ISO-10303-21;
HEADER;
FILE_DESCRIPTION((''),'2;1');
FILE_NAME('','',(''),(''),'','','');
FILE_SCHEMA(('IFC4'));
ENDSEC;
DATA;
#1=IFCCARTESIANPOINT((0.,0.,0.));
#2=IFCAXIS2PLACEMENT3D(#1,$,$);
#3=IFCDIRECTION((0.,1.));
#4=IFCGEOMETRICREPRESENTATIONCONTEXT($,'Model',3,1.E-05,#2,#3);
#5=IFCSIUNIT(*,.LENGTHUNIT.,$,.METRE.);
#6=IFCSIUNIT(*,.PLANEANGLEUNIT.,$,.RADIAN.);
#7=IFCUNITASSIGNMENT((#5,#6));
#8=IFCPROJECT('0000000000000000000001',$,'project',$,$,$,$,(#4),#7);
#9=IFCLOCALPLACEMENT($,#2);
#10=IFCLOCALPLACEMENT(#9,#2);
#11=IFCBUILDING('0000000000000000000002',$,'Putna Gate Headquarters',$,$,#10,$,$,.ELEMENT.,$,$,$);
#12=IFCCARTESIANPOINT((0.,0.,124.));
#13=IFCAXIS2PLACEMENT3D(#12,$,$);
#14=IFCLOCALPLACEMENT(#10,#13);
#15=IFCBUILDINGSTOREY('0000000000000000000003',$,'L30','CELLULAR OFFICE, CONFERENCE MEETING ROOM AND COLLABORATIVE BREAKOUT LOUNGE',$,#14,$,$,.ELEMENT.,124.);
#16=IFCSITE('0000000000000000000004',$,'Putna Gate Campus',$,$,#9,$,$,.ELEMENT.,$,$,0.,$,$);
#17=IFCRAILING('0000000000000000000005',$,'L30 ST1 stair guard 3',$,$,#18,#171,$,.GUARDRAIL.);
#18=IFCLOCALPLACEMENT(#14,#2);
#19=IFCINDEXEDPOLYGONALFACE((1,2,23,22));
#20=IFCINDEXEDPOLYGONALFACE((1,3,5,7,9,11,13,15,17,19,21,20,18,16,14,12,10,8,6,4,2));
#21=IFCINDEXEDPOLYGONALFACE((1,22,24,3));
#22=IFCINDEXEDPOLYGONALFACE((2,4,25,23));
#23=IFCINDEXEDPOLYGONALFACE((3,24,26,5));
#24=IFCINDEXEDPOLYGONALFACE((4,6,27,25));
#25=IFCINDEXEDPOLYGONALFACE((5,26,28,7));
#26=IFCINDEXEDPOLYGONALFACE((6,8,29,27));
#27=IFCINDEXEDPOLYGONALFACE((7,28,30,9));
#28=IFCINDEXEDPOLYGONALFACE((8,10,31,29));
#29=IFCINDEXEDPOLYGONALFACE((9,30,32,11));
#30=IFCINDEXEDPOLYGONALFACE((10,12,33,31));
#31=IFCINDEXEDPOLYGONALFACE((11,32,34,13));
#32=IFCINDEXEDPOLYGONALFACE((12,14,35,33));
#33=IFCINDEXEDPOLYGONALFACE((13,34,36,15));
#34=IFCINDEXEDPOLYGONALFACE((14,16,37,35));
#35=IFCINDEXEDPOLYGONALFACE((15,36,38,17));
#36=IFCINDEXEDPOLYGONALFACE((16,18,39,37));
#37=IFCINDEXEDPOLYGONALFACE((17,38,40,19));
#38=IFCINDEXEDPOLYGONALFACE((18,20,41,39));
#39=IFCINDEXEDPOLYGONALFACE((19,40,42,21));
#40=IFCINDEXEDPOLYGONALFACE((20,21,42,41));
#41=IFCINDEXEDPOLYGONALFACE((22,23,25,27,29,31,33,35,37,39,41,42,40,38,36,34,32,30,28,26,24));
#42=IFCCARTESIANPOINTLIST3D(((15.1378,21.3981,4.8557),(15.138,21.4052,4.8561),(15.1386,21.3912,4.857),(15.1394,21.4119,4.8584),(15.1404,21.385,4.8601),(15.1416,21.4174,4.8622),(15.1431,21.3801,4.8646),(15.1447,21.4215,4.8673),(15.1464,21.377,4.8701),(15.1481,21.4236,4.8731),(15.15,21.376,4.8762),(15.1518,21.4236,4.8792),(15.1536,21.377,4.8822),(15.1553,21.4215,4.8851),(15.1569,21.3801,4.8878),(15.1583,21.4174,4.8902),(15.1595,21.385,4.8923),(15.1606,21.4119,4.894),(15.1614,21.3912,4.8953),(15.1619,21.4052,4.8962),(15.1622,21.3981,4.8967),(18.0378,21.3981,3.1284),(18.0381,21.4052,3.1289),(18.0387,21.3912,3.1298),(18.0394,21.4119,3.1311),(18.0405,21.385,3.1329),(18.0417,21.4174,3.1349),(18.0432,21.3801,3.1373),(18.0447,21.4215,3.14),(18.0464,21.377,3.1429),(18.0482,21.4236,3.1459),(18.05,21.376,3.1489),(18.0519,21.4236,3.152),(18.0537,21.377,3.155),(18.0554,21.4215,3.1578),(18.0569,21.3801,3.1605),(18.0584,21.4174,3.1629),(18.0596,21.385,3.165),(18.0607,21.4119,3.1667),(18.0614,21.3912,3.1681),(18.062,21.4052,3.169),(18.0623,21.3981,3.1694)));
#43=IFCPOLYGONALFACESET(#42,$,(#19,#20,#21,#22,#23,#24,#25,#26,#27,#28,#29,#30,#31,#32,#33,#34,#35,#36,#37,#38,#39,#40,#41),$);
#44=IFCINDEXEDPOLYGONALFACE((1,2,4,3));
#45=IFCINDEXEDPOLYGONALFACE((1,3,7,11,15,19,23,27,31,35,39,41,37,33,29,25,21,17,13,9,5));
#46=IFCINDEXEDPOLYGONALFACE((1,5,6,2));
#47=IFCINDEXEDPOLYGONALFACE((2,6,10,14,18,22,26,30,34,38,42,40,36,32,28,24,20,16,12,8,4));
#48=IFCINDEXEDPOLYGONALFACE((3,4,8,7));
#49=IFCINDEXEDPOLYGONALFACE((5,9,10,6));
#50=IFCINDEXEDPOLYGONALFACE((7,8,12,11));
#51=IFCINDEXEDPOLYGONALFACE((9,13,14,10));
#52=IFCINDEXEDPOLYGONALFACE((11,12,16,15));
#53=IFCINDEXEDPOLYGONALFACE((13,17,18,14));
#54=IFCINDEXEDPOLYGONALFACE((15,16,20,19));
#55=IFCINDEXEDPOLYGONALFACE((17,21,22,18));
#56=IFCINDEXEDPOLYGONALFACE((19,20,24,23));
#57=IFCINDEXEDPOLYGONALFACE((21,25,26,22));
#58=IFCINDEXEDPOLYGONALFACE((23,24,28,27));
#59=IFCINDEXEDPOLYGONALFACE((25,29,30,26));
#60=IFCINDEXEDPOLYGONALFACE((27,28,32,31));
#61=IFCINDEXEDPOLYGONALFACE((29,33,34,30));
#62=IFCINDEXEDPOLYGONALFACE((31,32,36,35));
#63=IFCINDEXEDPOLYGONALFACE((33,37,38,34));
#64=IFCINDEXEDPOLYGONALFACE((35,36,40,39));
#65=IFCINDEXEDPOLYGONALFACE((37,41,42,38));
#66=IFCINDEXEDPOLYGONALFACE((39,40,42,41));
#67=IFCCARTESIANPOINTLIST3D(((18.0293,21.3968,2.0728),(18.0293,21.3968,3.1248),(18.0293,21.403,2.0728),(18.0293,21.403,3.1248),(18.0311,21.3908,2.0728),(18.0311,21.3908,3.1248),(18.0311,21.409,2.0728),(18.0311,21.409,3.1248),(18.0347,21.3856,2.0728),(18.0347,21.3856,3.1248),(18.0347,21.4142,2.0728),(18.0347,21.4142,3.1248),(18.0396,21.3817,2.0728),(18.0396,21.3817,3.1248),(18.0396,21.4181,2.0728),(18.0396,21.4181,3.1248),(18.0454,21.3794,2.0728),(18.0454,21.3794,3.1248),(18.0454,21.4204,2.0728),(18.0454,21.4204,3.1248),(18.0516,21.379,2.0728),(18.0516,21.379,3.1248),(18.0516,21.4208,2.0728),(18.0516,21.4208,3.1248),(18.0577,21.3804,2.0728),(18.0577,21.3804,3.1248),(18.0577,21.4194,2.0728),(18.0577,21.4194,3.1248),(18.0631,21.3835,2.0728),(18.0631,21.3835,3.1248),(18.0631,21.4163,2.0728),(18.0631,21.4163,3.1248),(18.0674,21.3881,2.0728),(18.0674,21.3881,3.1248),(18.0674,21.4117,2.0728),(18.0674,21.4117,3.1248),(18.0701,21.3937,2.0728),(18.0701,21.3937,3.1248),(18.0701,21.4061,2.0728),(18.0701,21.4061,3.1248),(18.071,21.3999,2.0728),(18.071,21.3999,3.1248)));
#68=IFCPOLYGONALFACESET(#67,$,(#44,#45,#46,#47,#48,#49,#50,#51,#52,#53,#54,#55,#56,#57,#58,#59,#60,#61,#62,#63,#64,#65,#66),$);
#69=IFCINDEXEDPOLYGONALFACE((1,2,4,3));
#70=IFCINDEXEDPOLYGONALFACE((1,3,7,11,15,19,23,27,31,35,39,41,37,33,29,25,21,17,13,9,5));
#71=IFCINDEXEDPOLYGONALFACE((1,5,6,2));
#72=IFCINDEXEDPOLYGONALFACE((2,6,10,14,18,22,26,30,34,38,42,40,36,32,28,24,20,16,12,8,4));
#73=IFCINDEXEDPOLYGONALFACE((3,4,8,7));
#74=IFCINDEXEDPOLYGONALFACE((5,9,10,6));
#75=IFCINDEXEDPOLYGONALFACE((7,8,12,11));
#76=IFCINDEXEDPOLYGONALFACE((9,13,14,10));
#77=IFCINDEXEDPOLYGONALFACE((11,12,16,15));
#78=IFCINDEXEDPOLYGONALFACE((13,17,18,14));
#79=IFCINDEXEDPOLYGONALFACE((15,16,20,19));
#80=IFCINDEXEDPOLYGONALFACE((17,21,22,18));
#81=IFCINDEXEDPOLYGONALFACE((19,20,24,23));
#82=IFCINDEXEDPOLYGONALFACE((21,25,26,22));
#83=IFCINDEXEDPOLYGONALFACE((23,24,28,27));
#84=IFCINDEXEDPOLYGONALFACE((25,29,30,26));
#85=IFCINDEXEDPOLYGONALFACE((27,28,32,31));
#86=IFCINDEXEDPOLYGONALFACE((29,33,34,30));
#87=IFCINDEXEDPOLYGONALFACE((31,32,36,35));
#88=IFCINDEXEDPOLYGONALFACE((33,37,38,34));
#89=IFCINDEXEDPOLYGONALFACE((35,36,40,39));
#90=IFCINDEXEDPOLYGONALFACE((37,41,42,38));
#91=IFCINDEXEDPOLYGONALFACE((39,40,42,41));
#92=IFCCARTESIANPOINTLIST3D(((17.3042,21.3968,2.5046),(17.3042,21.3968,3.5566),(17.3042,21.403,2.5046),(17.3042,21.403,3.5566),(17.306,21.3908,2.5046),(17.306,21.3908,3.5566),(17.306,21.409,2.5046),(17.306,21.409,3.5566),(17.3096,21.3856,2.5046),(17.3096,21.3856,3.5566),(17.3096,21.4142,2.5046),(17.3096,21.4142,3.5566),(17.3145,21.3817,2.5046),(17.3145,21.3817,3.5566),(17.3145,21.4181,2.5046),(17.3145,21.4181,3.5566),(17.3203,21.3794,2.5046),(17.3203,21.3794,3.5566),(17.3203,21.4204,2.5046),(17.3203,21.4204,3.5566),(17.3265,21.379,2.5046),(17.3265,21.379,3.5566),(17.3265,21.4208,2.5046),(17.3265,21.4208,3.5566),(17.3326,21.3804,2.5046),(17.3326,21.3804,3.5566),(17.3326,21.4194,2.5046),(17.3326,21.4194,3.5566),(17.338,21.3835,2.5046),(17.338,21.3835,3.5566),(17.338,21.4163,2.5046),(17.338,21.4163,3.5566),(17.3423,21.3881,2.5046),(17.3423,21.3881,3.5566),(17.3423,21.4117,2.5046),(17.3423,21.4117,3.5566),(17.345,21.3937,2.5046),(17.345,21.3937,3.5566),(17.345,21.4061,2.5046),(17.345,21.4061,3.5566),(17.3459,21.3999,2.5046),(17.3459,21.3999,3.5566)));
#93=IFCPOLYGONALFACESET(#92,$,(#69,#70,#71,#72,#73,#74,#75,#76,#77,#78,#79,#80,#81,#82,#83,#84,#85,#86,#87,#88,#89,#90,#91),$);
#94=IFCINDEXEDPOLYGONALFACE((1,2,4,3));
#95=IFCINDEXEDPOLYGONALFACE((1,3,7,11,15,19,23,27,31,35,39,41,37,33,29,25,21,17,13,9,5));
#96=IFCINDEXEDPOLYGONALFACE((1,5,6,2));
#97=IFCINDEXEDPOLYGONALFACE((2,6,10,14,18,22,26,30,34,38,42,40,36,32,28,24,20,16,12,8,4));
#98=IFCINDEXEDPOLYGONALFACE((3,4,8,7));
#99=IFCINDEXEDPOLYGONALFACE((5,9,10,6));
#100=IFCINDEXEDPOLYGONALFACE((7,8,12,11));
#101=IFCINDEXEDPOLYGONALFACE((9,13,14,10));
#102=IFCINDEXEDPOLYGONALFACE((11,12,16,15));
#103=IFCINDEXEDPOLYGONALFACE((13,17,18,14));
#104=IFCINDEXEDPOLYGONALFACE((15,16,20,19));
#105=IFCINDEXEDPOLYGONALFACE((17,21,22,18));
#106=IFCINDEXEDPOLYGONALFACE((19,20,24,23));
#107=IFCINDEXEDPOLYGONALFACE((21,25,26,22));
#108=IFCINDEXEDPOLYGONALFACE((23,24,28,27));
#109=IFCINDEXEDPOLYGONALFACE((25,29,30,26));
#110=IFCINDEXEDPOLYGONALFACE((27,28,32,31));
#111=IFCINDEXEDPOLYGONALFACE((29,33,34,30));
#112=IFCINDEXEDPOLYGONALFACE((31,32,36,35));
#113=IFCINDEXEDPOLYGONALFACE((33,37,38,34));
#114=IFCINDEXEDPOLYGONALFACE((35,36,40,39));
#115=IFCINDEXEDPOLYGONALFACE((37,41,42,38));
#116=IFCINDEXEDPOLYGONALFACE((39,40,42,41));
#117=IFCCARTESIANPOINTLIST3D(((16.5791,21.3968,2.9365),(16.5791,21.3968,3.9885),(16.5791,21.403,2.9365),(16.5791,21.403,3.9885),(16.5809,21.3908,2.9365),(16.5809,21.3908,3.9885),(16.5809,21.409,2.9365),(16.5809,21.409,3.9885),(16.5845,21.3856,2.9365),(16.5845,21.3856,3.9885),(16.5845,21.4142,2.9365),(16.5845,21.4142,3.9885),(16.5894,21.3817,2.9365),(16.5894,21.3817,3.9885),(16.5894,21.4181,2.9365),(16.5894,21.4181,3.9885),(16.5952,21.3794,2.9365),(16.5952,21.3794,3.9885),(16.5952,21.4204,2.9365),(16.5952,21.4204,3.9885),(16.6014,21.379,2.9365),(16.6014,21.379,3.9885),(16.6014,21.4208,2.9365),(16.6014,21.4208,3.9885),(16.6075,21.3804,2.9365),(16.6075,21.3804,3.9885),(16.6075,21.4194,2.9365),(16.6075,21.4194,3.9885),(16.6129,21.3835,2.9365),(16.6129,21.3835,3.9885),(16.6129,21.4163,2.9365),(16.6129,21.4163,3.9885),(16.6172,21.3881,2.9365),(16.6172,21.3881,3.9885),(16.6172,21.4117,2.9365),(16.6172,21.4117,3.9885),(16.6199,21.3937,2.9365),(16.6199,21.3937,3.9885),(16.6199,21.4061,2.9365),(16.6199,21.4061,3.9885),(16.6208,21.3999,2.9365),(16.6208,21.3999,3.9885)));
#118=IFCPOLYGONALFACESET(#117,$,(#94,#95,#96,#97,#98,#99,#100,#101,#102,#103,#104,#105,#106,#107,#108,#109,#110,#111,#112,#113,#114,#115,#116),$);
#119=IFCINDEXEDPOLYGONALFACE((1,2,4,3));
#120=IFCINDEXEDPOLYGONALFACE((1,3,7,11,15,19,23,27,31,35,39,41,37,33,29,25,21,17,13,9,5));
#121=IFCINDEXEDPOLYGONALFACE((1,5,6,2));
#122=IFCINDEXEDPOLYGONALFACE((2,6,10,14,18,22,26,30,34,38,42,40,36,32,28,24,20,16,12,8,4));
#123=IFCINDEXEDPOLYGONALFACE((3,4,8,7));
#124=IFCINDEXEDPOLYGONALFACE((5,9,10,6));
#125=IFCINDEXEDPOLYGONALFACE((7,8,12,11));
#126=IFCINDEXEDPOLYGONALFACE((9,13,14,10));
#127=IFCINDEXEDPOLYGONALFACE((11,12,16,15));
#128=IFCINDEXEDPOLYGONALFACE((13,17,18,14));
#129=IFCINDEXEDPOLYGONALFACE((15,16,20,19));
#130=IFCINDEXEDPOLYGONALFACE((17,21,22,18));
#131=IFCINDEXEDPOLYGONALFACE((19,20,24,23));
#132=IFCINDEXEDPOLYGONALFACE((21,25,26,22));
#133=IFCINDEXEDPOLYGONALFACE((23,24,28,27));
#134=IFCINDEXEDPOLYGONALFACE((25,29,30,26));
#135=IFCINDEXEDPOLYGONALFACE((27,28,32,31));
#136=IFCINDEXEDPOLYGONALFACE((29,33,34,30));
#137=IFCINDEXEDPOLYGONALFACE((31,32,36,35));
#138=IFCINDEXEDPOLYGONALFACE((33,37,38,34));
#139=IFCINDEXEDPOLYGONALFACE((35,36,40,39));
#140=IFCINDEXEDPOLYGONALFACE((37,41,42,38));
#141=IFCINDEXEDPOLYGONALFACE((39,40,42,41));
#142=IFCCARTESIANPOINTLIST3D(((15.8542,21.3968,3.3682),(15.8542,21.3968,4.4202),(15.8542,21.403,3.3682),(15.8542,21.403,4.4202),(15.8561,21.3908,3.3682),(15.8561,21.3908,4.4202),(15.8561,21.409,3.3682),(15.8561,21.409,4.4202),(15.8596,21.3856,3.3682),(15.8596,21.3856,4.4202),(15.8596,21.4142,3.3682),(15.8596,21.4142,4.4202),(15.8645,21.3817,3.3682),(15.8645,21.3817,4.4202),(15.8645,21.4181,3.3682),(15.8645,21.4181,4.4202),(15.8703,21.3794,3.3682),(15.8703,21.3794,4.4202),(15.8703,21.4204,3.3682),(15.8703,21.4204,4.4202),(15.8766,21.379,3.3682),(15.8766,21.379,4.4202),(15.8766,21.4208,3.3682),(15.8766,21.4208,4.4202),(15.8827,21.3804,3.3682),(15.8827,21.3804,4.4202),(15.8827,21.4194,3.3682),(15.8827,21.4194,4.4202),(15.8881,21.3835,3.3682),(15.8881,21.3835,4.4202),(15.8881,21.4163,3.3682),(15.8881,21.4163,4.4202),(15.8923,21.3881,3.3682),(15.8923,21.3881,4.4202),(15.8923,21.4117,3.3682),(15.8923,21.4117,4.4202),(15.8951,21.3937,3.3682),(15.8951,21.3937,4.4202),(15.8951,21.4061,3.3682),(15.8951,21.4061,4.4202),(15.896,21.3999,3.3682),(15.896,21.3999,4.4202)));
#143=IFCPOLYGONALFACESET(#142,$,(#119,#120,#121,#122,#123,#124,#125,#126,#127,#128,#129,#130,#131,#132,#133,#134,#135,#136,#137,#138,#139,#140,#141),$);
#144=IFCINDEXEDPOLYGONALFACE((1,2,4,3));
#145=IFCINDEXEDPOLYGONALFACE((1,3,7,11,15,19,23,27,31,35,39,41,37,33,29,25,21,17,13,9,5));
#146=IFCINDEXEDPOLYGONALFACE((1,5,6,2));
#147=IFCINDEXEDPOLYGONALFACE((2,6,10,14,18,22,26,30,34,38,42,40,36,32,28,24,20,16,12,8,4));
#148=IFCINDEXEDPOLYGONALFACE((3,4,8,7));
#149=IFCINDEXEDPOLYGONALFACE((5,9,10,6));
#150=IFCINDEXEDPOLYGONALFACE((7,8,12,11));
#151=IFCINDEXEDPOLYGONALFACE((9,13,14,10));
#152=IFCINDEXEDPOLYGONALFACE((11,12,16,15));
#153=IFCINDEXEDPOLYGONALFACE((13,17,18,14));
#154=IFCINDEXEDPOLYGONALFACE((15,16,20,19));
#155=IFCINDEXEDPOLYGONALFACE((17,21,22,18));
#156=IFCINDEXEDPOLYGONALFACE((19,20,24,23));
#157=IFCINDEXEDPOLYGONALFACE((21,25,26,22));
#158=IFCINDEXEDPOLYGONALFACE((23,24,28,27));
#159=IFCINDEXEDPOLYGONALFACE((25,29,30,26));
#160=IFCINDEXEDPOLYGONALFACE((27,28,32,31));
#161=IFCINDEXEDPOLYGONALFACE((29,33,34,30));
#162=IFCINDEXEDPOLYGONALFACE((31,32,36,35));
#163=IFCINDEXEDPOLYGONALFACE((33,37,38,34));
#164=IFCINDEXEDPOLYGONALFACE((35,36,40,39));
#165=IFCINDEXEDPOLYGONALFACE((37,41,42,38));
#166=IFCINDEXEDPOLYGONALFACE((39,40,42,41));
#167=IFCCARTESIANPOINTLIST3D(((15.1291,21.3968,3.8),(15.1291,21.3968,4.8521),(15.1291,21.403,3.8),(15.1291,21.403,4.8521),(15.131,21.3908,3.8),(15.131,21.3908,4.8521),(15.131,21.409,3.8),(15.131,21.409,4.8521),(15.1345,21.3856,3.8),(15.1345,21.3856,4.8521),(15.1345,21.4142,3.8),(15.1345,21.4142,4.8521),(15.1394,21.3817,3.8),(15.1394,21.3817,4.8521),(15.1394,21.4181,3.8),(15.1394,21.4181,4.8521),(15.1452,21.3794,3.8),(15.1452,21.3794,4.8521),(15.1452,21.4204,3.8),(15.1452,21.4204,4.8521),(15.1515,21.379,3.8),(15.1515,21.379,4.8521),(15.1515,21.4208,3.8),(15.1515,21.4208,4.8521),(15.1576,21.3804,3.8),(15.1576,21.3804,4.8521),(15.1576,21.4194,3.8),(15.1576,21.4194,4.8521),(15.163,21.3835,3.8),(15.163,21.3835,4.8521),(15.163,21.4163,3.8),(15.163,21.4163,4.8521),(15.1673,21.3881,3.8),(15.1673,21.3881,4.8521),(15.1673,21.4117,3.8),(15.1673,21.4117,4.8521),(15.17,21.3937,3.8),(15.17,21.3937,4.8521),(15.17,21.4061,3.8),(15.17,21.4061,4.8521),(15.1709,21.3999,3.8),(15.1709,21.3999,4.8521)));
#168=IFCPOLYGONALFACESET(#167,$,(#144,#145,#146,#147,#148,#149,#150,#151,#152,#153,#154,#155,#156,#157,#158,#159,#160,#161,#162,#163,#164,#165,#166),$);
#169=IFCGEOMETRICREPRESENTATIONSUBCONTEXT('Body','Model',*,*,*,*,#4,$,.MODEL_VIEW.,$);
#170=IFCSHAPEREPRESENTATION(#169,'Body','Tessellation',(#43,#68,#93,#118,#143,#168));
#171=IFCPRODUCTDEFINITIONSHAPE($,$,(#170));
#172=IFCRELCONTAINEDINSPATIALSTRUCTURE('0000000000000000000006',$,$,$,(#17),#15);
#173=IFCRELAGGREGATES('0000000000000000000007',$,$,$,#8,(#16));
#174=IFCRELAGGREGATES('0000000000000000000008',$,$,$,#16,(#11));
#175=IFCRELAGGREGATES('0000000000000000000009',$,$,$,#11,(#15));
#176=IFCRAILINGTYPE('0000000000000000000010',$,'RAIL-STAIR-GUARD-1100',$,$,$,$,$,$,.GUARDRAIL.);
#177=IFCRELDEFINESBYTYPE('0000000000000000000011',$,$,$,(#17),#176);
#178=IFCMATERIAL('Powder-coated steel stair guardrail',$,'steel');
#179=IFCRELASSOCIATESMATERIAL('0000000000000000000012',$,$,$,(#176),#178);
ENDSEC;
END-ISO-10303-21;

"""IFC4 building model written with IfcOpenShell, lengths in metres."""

from ifc_helpers import new_model, si_unit, direction, frame, origin, origin_2d, place, context, subcontext, project, spatial, circle, extrude, material, type_object, element, save


model = new_model("IFC4")

# Units and contexts
model_context = context("Model", 3, precision=1e-05, world=origin(), true_north=direction((0.0, 1.0)))
body_context = subcontext(model_context, "Body", "Model", "MODEL_VIEW")
ifc_project = project(units=[si_unit("LENGTHUNIT", "METRE"), si_unit("PLANEANGLEUNIT", "RADIAN")], contexts=[model_context])

# Site, building, storey
site_placement = place(None, origin())
site = spatial("IfcSite", under=ifc_project, at=site_placement, Name="Putna Gate Campus", CompositionType="ELEMENT", RefElevation=0.0)
building_placement = place(site_placement, origin())
building = spatial("IfcBuilding", under=site, at=building_placement, Name="Putna Gate Headquarters", CompositionType="ELEMENT")
storey_placement = place(building_placement, frame((0.0, 0.0, 124.0)))
storey = spatial("IfcBuildingStorey", under=building, at=storey_placement, Name="L30", Description="CELLULAR OFFICE, CONFERENCE MEETING ROOM AND COLLABORATIVE BREAKOUT LOUNGE", CompositionType="ELEMENT", Elevation=124.0)

# Railing
ifc_material_1 = material(Name="Powder-coated steel stair guardrail", Category="steel")
railing_type_1 = type_object("IfcRailingType", Name="RAIL-STAIR-GUARD-1100", PredefinedType="GUARDRAIL", material=ifc_material_1)
railing_1_placement = place(storey_placement, frame((18.05, 21.3999, 2.0728)))
element("IfcRailing", 1, at=railing_1_placement, inside=storey, type_object=railing_type_1, Name="L30 ST1 stair guard 3", PredefinedType="GUARDRAIL", context=body_context, shape_type="SweptSolid", body=[
    extrude(circle(Radius=0.0239, at=origin_2d()), frame((0.0, 0.0, 1.0762), z_axis=(-0.85916, 0.0, 0.511706), x_axis=(0.0, -1.0, 0.0)), (0.0, 0.0, 1.0), 3.3755),
    extrude(circle(Radius=0.021, at=origin_2d()), origin(), (0.0, 0.0, 1.0), 1.052),
    extrude(circle(Radius=0.021, at=origin_2d()), frame((-0.7251, 0.0, 0.4319)), (0.0, 0.0, 1.0), 1.052),
    extrude(circle(Radius=0.021, at=origin_2d()), frame((-1.4502, 0.0, 0.8638)), (0.0, 0.0, 1.0), 1.052),
    extrude(circle(Radius=0.021, at=origin_2d()), frame((-2.175, 0.0, 1.2954)), (0.0, 0.0, 1.0), 1.052),
    extrude(circle(Radius=0.021, at=origin_2d()), frame((-2.9001, 0.0, 1.7273)), (0.0, 0.0, 1.0), 1.052),
])

save(model, "model.ifc")
